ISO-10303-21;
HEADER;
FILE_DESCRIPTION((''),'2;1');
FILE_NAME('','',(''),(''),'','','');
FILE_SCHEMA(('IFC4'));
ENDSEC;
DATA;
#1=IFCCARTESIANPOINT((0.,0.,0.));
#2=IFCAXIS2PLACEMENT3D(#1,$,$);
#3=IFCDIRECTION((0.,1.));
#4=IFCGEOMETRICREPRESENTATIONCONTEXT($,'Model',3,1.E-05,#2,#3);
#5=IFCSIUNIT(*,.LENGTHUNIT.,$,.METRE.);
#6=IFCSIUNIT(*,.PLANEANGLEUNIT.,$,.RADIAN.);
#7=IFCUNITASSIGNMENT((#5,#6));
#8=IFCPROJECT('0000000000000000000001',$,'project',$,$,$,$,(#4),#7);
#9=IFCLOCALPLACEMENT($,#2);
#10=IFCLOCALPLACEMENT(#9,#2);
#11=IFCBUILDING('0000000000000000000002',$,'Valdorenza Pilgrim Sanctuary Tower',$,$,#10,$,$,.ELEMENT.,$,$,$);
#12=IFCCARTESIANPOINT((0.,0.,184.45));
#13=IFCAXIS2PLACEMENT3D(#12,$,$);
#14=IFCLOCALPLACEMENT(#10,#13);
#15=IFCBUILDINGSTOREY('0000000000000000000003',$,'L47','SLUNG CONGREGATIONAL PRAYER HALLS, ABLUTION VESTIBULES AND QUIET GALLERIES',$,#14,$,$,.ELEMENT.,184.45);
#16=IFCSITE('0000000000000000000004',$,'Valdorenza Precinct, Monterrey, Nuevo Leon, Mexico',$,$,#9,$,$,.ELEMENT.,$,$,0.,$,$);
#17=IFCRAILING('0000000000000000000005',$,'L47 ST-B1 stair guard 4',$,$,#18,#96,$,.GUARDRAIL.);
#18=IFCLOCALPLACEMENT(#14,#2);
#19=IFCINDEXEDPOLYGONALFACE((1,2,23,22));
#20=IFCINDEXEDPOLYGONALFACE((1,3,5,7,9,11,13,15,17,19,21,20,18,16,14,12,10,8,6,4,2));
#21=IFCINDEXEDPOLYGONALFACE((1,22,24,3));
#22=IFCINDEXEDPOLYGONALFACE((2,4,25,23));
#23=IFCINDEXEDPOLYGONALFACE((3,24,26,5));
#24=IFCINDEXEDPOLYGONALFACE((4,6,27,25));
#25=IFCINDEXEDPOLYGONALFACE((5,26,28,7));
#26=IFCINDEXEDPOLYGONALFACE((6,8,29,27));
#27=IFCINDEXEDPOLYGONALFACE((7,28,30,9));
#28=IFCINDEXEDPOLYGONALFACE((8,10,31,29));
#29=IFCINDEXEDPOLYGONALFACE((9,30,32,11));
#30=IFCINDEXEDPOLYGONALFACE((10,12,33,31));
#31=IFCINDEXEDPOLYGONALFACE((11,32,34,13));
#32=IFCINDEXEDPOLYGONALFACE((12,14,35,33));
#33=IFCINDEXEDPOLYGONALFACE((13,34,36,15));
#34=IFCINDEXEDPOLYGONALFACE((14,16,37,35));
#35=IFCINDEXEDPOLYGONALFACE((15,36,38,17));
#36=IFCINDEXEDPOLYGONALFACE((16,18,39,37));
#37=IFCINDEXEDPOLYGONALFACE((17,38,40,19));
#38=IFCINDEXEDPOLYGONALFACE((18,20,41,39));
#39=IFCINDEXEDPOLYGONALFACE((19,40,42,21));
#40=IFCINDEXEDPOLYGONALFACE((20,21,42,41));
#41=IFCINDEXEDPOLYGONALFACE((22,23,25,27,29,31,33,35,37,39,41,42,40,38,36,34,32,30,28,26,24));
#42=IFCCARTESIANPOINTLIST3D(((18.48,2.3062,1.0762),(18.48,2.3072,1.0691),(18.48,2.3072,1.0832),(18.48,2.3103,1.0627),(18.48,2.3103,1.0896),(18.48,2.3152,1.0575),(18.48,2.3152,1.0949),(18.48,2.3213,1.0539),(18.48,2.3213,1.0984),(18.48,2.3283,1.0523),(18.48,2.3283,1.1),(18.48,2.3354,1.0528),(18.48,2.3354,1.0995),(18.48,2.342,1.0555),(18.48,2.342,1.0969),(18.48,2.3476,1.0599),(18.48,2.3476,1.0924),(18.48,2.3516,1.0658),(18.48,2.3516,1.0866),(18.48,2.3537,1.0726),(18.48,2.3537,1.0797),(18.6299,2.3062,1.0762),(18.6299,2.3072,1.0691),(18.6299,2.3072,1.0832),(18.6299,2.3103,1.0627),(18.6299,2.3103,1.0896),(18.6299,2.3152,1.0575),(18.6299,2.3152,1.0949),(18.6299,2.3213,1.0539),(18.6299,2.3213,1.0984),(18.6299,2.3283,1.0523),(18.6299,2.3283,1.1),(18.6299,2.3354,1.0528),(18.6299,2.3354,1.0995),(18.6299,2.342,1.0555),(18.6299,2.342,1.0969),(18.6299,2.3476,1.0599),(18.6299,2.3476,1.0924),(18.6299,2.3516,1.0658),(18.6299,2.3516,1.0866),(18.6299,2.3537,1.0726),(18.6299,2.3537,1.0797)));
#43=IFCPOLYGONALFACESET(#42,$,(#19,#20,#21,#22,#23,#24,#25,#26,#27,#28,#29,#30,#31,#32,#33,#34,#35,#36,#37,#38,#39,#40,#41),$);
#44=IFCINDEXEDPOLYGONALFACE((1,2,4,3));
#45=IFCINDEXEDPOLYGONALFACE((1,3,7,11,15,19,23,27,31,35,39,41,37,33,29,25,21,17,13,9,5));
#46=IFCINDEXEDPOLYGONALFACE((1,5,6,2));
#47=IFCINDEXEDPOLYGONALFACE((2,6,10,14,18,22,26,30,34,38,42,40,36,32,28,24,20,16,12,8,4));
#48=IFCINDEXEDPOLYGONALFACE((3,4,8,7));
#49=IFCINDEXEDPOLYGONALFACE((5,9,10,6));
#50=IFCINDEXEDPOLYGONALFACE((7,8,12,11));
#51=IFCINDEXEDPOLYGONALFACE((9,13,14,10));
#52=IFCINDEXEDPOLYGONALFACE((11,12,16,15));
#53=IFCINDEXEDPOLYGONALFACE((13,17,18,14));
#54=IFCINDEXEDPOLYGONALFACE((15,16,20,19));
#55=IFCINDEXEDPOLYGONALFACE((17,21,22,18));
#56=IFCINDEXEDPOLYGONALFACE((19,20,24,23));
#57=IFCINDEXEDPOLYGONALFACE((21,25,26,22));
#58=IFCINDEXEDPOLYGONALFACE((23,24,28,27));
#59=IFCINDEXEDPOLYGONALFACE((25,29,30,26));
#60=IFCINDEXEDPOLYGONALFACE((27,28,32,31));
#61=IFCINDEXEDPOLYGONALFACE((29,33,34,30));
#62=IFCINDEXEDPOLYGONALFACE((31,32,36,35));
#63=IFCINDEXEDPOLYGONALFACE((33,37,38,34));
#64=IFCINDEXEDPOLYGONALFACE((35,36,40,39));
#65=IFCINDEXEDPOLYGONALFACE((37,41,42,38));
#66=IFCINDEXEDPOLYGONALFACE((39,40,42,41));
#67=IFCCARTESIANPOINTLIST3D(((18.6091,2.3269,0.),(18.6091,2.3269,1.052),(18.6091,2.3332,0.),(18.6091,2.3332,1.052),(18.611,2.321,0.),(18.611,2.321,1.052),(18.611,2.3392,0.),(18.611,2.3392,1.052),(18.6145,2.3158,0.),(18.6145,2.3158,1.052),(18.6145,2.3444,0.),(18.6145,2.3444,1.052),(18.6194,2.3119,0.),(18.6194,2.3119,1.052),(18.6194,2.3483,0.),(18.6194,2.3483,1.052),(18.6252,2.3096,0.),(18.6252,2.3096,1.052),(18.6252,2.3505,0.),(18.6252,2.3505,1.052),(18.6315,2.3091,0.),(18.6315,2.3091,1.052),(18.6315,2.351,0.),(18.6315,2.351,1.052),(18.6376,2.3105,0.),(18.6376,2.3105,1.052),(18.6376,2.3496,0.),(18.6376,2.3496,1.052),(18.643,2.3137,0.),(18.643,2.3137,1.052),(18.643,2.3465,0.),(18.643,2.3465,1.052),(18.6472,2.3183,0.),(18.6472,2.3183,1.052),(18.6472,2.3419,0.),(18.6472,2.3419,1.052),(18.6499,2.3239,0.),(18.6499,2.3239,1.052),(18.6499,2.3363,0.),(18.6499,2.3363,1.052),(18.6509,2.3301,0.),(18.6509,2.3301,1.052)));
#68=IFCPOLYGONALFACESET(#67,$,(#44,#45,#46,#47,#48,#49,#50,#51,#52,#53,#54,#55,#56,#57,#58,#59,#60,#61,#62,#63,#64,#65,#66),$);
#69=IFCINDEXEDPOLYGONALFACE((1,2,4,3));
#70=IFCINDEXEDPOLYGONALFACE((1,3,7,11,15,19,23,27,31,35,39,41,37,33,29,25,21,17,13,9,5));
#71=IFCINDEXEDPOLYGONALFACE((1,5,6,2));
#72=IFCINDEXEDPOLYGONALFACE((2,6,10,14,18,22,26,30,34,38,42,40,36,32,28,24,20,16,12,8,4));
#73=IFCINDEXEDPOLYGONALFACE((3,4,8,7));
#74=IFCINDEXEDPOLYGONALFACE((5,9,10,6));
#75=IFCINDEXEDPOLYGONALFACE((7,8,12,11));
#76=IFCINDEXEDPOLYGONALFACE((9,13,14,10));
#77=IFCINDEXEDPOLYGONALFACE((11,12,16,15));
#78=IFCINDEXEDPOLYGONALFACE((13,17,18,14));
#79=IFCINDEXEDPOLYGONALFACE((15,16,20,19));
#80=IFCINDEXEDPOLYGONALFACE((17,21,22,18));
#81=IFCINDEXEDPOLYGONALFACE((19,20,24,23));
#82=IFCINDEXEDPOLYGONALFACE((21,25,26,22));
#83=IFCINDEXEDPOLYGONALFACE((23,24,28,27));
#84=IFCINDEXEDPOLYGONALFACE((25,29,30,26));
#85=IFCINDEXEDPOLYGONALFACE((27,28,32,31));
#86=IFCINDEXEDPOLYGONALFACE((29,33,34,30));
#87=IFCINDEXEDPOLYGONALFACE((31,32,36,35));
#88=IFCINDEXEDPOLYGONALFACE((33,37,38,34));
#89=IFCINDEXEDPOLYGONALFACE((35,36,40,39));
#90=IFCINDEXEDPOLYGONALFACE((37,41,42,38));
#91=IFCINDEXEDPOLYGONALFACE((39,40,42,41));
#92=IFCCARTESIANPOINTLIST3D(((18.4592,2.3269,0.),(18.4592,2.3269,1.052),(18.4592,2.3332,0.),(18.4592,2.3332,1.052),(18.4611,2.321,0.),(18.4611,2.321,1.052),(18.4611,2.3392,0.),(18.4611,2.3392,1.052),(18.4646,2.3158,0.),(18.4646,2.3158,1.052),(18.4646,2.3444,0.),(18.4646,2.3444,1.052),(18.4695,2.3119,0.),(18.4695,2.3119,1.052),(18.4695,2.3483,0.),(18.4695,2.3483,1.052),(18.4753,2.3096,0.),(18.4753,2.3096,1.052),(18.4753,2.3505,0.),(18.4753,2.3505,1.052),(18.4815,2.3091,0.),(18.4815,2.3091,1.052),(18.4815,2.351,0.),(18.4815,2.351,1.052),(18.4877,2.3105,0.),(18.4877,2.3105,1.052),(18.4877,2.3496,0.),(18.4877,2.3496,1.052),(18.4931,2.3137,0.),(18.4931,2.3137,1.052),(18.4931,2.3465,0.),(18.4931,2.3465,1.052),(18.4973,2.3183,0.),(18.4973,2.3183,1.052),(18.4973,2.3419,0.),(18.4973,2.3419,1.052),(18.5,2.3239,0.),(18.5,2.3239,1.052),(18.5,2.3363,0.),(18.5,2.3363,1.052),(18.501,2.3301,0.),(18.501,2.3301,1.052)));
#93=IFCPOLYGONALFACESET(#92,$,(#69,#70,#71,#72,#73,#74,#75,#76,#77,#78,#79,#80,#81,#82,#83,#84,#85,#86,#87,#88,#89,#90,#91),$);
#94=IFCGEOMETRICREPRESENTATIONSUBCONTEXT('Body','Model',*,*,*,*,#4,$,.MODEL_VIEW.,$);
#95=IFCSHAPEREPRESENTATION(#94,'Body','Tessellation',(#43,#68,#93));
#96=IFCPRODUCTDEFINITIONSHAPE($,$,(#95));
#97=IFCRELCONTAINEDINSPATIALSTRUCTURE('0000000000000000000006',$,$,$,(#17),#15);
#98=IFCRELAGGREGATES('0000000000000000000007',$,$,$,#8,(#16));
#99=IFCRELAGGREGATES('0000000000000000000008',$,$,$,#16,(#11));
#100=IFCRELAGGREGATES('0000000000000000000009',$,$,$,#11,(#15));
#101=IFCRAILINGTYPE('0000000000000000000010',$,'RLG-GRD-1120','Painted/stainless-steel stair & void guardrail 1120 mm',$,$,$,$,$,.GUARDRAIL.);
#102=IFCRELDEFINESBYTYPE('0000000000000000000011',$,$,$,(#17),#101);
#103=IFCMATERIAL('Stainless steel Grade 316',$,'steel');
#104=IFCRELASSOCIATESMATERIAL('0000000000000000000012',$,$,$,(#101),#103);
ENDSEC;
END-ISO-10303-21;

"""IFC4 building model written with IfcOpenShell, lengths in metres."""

from ifc_helpers import new_model, si_unit, direction, frame, origin, origin_2d, place, context, subcontext, project, spatial, circle, extrude, material, type_object, element, save


model = new_model("IFC4")

# Units and contexts
model_context = context("Model", 3, precision=1e-05, world=origin(), true_north=direction((0.0, 1.0)))
body_context = subcontext(model_context, "Body", "Model", "MODEL_VIEW")
ifc_project = project(units=[si_unit("LENGTHUNIT", "METRE"), si_unit("PLANEANGLEUNIT", "RADIAN")], contexts=[model_context])

# Site, building, storey
site_placement = place(None, origin())
site = spatial("IfcSite", under=ifc_project, at=site_placement, Name="Valdorenza Precinct, Monterrey, Nuevo Leon, Mexico", CompositionType="ELEMENT", RefElevation=0.0)
building_placement = place(site_placement, origin())
building = spatial("IfcBuilding", under=site, at=building_placement, Name="Valdorenza Pilgrim Sanctuary Tower", CompositionType="ELEMENT")
storey_placement = place(building_placement, frame((0.0, 0.0, 184.45)))
storey = spatial("IfcBuildingStorey", under=building, at=storey_placement, Name="L47", Description="SLUNG CONGREGATIONAL PRAYER HALLS, ABLUTION VESTIBULES AND QUIET GALLERIES", CompositionType="ELEMENT", Elevation=184.45)

# Railing
ifc_material_1 = material(Name="Stainless steel Grade 316", Category="steel")
railing_type_1 = type_object("IfcRailingType", Name="RLG-GRD-1120", Description="Painted/stainless-steel stair & void guardrail 1120 mm", PredefinedType="GUARDRAIL", material=ifc_material_1)
railing_1_placement = place(storey_placement, frame((18.6299, 2.3301, 0.0)))
element("IfcRailing", 1, at=railing_1_placement, inside=storey, type_object=railing_type_1, Name="L47 ST-B1 stair guard 4", PredefinedType="GUARDRAIL", context=body_context, shape_type="SweptSolid", body=[
    extrude(circle(Radius=0.0239, at=origin_2d()), frame((0.0, 0.0, 1.0762), z_axis=(-1.0, 0.0, 0.0), x_axis=(0.0, -1.0, 0.0)), (0.0, 0.0, 1.0), 0.1499),
    extrude(circle(Radius=0.021, at=origin_2d()), origin(), (0.0, 0.0, 1.0), 1.052),
    extrude(circle(Radius=0.021, at=origin_2d()), frame((-0.1499, 0.0, 0.0)), (0.0, 0.0, 1.0), 1.052),
])

save(model, "model.ifc")
